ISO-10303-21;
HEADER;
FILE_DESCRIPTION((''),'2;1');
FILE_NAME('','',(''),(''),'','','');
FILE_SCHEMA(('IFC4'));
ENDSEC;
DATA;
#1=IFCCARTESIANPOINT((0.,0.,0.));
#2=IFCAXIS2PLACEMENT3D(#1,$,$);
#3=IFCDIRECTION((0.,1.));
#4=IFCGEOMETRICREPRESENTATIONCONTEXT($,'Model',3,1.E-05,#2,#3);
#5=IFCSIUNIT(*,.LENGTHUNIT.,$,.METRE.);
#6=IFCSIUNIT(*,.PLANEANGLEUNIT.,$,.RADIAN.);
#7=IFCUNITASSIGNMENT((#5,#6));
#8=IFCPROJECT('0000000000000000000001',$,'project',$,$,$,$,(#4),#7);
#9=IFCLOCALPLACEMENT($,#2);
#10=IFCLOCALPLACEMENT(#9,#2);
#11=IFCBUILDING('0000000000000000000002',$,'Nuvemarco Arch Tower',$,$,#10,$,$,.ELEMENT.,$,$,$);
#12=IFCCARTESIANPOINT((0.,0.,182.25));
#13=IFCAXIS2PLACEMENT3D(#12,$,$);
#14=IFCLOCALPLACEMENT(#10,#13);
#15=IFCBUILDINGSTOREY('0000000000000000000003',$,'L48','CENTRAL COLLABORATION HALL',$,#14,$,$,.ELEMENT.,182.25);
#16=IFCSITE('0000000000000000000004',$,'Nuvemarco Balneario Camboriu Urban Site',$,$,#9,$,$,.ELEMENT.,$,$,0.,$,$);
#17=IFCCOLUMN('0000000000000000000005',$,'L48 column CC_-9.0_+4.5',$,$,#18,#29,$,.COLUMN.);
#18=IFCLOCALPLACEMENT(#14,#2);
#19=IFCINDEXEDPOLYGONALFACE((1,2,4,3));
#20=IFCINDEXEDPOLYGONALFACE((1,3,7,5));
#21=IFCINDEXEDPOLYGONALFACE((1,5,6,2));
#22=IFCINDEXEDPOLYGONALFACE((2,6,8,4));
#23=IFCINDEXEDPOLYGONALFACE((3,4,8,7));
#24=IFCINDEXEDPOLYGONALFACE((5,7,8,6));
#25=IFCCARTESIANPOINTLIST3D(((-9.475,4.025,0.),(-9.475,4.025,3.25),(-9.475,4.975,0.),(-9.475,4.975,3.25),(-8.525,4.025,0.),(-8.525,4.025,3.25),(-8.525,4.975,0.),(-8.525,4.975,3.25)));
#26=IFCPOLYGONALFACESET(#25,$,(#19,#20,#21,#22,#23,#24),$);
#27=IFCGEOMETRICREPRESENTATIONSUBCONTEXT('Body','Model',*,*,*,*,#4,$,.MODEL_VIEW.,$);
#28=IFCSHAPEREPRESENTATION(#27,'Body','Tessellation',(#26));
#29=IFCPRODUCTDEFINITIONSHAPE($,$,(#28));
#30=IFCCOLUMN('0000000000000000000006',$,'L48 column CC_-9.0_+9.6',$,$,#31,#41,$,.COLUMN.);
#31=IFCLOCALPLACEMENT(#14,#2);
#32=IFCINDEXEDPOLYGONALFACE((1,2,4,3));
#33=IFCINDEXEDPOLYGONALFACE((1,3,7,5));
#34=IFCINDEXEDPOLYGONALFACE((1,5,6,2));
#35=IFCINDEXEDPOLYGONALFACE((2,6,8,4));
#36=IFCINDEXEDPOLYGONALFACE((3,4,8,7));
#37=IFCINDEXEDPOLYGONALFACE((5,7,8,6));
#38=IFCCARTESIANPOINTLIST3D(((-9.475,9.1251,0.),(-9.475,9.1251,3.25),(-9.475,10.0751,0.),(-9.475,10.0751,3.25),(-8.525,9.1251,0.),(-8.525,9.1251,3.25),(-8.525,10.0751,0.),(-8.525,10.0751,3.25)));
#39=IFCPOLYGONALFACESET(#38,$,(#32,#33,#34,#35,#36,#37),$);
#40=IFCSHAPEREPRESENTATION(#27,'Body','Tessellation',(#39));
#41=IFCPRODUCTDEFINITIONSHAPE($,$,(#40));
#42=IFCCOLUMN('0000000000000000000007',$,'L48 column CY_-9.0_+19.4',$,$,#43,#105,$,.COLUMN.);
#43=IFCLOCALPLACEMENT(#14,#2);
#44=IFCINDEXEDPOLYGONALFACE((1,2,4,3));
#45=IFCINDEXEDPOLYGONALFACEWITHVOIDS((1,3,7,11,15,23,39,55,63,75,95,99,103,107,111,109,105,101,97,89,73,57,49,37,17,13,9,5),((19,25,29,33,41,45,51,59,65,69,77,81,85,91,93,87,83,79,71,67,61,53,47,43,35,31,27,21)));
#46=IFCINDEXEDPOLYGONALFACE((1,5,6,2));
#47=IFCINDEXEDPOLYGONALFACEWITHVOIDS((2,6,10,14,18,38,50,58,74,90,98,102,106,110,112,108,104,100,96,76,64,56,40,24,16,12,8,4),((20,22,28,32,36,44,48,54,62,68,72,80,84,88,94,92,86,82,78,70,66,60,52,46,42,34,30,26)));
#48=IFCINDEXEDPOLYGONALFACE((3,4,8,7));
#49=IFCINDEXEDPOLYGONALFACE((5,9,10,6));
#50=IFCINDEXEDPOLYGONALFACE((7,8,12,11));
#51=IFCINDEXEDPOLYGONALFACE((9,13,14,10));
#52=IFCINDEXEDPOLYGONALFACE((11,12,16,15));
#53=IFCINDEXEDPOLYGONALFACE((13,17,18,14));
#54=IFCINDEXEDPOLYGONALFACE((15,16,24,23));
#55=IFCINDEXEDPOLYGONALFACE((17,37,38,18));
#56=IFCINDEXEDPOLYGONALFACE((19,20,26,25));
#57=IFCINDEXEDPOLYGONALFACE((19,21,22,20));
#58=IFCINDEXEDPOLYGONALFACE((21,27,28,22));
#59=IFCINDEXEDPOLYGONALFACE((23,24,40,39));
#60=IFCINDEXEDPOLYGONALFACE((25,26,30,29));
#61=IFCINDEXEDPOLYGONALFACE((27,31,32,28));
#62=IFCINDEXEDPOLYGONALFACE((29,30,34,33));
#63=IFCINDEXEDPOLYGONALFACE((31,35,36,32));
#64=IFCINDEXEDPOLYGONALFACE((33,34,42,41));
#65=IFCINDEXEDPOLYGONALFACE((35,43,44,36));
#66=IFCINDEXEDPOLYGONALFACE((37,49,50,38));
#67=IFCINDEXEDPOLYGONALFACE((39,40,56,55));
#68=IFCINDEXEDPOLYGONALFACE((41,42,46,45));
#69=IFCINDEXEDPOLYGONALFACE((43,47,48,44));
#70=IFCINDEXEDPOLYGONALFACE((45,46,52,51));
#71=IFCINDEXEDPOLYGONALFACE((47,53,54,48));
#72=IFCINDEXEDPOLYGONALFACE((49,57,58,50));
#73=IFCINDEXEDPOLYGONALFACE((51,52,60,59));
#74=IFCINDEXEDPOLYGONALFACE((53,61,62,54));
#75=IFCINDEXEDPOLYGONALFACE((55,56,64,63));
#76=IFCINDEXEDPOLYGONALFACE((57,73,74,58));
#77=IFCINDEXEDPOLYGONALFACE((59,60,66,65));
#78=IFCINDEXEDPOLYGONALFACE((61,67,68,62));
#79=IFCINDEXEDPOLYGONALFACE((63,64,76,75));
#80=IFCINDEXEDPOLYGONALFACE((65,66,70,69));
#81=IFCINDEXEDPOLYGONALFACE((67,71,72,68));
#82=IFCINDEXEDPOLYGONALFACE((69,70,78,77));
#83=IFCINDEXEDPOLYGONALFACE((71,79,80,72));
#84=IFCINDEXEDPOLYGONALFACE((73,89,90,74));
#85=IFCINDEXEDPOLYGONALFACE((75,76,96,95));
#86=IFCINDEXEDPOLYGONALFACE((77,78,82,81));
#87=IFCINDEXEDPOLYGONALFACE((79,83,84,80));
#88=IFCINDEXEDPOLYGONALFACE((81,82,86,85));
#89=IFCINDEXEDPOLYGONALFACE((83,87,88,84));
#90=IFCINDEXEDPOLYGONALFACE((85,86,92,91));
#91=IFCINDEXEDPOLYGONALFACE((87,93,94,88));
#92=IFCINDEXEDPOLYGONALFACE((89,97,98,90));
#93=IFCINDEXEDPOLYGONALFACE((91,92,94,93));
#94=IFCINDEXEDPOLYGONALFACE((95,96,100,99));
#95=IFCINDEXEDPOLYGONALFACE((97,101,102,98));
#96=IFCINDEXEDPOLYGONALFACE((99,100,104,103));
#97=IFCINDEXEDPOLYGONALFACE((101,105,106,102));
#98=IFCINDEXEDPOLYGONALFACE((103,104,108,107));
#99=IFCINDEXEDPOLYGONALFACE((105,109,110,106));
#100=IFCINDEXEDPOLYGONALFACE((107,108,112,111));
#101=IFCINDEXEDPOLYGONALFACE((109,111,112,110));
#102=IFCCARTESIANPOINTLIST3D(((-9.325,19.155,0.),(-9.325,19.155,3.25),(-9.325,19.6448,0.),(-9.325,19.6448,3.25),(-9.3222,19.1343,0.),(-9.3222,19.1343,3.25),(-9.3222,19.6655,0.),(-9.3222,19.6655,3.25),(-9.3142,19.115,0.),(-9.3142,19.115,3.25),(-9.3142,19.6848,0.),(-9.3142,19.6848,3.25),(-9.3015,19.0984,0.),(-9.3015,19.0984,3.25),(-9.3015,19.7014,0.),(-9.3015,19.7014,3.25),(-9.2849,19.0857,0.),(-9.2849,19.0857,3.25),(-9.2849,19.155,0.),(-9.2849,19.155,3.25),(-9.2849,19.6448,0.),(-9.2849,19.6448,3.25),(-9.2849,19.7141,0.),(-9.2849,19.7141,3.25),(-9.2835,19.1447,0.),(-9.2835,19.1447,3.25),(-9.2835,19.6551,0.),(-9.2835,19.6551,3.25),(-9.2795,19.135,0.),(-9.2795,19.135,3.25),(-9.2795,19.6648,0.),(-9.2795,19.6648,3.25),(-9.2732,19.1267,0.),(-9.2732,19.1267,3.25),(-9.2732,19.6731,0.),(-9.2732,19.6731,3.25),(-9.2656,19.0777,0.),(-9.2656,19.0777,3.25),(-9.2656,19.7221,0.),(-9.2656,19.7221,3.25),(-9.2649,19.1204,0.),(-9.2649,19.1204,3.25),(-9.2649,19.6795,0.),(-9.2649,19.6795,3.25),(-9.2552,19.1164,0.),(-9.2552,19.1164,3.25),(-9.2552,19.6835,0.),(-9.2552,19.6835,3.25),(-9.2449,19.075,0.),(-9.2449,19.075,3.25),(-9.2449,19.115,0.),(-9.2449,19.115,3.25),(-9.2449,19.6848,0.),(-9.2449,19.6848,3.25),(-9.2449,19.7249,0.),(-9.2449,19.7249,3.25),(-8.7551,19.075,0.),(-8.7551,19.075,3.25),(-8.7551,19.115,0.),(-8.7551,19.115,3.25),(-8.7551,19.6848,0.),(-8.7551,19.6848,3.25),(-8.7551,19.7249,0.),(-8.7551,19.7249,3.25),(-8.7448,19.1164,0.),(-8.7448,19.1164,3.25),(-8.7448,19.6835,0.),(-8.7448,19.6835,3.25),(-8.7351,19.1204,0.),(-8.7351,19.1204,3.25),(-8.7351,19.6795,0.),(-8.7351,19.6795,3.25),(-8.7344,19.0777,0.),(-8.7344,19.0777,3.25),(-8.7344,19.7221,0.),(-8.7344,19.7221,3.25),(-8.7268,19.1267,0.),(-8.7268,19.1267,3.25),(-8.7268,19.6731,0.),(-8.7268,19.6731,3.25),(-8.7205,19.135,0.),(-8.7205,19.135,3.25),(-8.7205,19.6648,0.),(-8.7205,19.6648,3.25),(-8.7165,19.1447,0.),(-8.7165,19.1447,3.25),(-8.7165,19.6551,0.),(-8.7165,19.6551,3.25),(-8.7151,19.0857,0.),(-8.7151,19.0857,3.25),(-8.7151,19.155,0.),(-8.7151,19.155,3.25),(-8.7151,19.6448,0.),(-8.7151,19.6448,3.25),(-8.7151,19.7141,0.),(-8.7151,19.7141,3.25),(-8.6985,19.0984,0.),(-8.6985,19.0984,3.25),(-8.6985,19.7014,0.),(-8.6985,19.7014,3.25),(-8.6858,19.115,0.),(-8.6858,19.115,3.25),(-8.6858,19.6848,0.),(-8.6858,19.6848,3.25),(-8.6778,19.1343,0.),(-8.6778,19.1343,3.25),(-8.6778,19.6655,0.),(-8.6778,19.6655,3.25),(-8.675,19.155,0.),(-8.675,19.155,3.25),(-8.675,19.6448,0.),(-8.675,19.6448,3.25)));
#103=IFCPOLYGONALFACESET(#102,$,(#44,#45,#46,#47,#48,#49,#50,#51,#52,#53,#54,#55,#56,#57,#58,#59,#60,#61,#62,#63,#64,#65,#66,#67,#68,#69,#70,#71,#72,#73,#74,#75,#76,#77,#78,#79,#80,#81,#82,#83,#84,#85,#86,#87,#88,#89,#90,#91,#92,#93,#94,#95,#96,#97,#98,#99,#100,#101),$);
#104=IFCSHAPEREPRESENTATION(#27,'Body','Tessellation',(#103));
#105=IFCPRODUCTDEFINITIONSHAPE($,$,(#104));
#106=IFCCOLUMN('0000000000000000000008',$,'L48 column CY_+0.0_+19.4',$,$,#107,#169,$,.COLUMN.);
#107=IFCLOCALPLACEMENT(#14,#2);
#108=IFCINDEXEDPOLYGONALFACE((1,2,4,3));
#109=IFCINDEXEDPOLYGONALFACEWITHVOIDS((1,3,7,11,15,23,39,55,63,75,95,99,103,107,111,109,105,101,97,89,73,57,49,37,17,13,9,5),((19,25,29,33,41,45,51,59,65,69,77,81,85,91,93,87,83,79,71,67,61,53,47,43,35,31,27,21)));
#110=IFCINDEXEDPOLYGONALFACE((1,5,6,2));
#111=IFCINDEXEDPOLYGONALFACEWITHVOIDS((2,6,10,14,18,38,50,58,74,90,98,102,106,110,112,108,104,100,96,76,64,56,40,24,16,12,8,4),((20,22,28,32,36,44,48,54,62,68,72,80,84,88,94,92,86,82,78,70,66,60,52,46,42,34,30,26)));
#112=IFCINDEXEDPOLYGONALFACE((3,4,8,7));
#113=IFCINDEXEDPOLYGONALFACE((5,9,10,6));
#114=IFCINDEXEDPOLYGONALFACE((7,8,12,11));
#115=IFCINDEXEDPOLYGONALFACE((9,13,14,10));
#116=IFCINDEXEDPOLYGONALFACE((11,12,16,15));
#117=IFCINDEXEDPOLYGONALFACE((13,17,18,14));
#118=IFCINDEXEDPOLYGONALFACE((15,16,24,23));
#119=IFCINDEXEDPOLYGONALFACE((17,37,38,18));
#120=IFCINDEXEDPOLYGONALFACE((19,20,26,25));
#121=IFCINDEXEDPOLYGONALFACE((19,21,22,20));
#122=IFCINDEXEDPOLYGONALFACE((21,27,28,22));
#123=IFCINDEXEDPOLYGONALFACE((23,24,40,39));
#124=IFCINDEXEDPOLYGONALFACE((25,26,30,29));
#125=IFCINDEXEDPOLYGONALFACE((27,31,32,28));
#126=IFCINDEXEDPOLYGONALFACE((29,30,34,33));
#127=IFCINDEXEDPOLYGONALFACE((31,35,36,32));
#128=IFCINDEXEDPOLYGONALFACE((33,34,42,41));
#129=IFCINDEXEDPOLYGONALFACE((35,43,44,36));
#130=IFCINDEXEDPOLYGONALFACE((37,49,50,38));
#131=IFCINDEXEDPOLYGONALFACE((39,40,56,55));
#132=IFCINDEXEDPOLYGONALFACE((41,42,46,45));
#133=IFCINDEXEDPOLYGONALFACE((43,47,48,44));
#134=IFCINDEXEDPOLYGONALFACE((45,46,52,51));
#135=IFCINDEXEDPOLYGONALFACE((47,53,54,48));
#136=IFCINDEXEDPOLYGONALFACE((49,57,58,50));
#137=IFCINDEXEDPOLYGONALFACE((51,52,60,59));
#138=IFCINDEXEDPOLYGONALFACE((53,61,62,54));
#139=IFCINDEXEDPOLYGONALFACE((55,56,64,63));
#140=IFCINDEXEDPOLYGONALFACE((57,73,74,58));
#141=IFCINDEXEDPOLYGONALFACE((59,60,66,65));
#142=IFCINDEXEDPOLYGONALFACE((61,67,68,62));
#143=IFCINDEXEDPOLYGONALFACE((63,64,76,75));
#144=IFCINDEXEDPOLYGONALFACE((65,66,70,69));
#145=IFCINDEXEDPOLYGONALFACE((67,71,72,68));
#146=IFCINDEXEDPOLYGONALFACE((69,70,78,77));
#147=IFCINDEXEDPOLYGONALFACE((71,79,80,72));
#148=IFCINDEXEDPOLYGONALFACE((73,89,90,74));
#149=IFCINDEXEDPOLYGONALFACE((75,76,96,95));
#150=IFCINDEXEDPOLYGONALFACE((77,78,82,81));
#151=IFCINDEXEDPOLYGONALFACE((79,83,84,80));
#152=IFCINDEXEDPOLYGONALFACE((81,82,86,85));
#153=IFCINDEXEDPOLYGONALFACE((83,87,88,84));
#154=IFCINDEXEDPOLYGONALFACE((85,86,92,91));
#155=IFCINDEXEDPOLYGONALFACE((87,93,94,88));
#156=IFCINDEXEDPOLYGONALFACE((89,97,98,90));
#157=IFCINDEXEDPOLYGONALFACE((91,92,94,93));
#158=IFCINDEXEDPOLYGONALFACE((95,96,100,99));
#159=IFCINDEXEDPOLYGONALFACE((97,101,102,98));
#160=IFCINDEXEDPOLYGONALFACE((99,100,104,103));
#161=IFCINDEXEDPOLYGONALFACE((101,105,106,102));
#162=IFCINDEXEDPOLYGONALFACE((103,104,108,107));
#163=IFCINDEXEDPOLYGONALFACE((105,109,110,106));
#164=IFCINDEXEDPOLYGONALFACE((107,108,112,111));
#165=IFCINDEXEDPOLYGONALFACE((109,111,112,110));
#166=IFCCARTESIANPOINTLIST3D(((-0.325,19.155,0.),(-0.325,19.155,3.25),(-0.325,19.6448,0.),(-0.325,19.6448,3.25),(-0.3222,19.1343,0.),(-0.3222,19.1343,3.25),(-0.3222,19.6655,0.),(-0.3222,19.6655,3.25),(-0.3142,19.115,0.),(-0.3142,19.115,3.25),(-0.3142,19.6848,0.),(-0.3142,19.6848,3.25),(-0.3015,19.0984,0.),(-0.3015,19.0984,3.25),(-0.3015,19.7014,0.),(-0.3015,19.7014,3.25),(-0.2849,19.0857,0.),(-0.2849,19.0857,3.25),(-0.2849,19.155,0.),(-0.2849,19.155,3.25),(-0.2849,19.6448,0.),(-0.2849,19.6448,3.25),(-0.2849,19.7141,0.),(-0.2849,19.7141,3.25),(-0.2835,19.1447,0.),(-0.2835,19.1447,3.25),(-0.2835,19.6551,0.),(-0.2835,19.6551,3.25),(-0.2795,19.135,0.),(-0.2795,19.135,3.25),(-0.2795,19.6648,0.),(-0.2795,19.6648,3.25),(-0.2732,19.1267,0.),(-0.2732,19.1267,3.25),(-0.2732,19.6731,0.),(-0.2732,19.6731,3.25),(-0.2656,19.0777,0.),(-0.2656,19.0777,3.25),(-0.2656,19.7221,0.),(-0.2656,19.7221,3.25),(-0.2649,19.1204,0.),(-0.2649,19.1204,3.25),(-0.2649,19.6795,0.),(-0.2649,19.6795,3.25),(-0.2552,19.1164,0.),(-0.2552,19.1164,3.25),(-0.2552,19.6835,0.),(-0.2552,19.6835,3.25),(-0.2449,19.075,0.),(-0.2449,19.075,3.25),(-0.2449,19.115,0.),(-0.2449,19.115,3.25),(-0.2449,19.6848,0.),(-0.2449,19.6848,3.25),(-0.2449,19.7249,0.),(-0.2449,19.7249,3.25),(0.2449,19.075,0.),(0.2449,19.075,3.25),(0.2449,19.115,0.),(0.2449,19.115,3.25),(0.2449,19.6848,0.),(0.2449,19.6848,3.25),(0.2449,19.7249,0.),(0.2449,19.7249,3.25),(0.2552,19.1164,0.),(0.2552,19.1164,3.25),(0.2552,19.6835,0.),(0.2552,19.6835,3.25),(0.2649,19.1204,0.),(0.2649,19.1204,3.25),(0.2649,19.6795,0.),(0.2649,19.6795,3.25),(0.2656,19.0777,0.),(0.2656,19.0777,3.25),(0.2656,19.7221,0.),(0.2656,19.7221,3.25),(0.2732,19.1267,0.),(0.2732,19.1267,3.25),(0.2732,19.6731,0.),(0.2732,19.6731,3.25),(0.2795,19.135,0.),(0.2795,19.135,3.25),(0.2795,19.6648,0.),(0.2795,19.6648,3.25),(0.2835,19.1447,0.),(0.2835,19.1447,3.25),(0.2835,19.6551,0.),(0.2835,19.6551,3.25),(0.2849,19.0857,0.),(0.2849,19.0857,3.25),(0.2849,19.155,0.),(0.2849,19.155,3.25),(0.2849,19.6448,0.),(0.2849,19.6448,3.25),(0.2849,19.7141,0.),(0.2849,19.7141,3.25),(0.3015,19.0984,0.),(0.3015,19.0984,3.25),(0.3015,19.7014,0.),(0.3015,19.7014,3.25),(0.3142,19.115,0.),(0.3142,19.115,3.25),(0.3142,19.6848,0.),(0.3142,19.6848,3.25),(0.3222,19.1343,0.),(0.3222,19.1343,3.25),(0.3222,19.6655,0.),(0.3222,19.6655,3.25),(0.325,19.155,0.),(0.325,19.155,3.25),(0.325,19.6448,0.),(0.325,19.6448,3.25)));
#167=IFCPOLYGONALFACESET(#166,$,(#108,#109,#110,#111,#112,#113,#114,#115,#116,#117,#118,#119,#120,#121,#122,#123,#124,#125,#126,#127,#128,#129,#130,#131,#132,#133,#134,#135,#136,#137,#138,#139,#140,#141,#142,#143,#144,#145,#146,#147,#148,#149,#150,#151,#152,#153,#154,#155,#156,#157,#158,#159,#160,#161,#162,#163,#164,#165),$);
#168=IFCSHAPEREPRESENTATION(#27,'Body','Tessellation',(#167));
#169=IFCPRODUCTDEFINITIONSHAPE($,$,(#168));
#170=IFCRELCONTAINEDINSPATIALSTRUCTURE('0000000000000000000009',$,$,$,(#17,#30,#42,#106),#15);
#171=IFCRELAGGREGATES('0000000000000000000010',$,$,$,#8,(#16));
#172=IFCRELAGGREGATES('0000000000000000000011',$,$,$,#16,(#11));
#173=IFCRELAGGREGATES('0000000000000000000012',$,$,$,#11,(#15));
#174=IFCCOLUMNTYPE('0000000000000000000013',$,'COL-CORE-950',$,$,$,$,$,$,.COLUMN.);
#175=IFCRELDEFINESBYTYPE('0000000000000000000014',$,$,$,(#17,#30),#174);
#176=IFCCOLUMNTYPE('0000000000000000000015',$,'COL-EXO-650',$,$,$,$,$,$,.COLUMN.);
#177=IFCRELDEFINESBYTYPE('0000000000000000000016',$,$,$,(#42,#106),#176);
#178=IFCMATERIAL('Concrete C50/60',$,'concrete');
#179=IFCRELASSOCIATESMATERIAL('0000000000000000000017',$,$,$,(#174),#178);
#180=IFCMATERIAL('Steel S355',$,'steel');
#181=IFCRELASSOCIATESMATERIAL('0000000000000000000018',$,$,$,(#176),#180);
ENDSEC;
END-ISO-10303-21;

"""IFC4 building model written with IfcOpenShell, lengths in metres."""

from ifc_helpers import new_model, si_unit, direction, frame, origin, origin_2d, place, context, subcontext, project, spatial, rectangle, hollow_rectangle, extrude, material, material_profile, profile_set, type_object, element, save


model = new_model("IFC4")

# Units and contexts
model_context = context("Model", 3, precision=1e-05, world=origin(), true_north=direction((0.0, 1.0)))
body_context = subcontext(model_context, "Body", "Model", "MODEL_VIEW")
ifc_project = project(units=[si_unit("LENGTHUNIT", "METRE"), si_unit("PLANEANGLEUNIT", "RADIAN")], contexts=[model_context])

# Site, building, storey
site_placement = place(None, origin())
site = spatial("IfcSite", under=ifc_project, at=site_placement, Name="Nuvemarco Balneario Camboriu Urban Site", CompositionType="ELEMENT", RefElevation=0.0)
building_placement = place(site_placement, origin())
building = spatial("IfcBuilding", under=site, at=building_placement, Name="Nuvemarco Arch Tower", CompositionType="ELEMENT")
storey_placement = place(building_placement, frame((0.0, 0.0, 182.25)))
storey = spatial("IfcBuildingStorey", under=building, at=storey_placement, Name="L48", Description="CENTRAL COLLABORATION HALL", CompositionType="ELEMENT", Elevation=182.25)

# Columns
ifc_material_1 = material(Name="Concrete C50/60", Category="concrete")
ifc_material_profile_1 = material_profile(ifc_material_1, rectangle(XDim=0.95, YDim=0.95, at=origin_2d()), Name="RC-COL-950x950")
ifc_profile_set_1 = profile_set([ifc_material_profile_1], Name="Concrete C50/60")
column_type_1 = type_object("IfcColumnType", Name="COL-CORE-950", PredefinedType="COLUMN", material=ifc_profile_set_1)
for number, where, z_axis, x_axis, name in (
    (1, (-9.0, 4.5, 0.0), (0.0, 0.0, 1.0), (1.0, 0.0, 0.0), "L48 column CC_-9.0_+4.5"),
    (2, (-9.0, 9.6001, 0.0), (0.0, 0.0, 1.0), (1.0, 0.0, 0.0), "L48 column CC_-9.0_+9.6"),
):
    element("IfcColumn", number, at=place(storey_placement, frame(where, z_axis=z_axis, x_axis=x_axis)), inside=storey, type_object=column_type_1, Name=name, PredefinedType="COLUMN", context=body_context, shape_type="SweptSolid", body=[
        extrude(rectangle(XDim=0.95, YDim=0.95, at=origin_2d()), origin(), (0.0, 0.0, 1.0), 3.25),
    ])
ifc_material_2 = material(Name="Steel S355", Category="steel")
ifc_material_profile_2 = material_profile(ifc_material_2, hollow_rectangle(XDim=0.6499, YDim=0.6499, WallThickness=0.04, InnerFilletRadius=0.04, OuterFilletRadius=0.0801, at=origin_2d()), Name="SHS650x650x40")
ifc_profile_set_2 = profile_set([ifc_material_profile_2], Name="Steel S355")
column_type_2 = type_object("IfcColumnType", Name="COL-EXO-650", PredefinedType="COLUMN", material=ifc_profile_set_2)
for number, where, z_axis, x_axis, name in (
    (3, (-9.0, 19.3999, 0.0), (0.0, 0.0, 1.0), (1.0, 0.0, 0.0), "L48 column CY_-9.0_+19.4"),
    (4, (0.0, 19.3999, 0.0), (0.0, 0.0, 1.0), (1.0, 0.0, 0.0), "L48 column CY_+0.0_+19.4"),
):
    element("IfcColumn", number, at=place(storey_placement, frame(where, z_axis=z_axis, x_axis=x_axis)), inside=storey, type_object=column_type_2, Name=name, PredefinedType="COLUMN", context=body_context, shape_type="SweptSolid", body=[
        extrude(hollow_rectangle(XDim=0.6499, YDim=0.6499, WallThickness=0.04, InnerFilletRadius=0.04, OuterFilletRadius=0.0801, at=origin_2d()), origin(), (0.0, 0.0, 1.0), 3.25),
    ])

save(model, "model.ifc")
